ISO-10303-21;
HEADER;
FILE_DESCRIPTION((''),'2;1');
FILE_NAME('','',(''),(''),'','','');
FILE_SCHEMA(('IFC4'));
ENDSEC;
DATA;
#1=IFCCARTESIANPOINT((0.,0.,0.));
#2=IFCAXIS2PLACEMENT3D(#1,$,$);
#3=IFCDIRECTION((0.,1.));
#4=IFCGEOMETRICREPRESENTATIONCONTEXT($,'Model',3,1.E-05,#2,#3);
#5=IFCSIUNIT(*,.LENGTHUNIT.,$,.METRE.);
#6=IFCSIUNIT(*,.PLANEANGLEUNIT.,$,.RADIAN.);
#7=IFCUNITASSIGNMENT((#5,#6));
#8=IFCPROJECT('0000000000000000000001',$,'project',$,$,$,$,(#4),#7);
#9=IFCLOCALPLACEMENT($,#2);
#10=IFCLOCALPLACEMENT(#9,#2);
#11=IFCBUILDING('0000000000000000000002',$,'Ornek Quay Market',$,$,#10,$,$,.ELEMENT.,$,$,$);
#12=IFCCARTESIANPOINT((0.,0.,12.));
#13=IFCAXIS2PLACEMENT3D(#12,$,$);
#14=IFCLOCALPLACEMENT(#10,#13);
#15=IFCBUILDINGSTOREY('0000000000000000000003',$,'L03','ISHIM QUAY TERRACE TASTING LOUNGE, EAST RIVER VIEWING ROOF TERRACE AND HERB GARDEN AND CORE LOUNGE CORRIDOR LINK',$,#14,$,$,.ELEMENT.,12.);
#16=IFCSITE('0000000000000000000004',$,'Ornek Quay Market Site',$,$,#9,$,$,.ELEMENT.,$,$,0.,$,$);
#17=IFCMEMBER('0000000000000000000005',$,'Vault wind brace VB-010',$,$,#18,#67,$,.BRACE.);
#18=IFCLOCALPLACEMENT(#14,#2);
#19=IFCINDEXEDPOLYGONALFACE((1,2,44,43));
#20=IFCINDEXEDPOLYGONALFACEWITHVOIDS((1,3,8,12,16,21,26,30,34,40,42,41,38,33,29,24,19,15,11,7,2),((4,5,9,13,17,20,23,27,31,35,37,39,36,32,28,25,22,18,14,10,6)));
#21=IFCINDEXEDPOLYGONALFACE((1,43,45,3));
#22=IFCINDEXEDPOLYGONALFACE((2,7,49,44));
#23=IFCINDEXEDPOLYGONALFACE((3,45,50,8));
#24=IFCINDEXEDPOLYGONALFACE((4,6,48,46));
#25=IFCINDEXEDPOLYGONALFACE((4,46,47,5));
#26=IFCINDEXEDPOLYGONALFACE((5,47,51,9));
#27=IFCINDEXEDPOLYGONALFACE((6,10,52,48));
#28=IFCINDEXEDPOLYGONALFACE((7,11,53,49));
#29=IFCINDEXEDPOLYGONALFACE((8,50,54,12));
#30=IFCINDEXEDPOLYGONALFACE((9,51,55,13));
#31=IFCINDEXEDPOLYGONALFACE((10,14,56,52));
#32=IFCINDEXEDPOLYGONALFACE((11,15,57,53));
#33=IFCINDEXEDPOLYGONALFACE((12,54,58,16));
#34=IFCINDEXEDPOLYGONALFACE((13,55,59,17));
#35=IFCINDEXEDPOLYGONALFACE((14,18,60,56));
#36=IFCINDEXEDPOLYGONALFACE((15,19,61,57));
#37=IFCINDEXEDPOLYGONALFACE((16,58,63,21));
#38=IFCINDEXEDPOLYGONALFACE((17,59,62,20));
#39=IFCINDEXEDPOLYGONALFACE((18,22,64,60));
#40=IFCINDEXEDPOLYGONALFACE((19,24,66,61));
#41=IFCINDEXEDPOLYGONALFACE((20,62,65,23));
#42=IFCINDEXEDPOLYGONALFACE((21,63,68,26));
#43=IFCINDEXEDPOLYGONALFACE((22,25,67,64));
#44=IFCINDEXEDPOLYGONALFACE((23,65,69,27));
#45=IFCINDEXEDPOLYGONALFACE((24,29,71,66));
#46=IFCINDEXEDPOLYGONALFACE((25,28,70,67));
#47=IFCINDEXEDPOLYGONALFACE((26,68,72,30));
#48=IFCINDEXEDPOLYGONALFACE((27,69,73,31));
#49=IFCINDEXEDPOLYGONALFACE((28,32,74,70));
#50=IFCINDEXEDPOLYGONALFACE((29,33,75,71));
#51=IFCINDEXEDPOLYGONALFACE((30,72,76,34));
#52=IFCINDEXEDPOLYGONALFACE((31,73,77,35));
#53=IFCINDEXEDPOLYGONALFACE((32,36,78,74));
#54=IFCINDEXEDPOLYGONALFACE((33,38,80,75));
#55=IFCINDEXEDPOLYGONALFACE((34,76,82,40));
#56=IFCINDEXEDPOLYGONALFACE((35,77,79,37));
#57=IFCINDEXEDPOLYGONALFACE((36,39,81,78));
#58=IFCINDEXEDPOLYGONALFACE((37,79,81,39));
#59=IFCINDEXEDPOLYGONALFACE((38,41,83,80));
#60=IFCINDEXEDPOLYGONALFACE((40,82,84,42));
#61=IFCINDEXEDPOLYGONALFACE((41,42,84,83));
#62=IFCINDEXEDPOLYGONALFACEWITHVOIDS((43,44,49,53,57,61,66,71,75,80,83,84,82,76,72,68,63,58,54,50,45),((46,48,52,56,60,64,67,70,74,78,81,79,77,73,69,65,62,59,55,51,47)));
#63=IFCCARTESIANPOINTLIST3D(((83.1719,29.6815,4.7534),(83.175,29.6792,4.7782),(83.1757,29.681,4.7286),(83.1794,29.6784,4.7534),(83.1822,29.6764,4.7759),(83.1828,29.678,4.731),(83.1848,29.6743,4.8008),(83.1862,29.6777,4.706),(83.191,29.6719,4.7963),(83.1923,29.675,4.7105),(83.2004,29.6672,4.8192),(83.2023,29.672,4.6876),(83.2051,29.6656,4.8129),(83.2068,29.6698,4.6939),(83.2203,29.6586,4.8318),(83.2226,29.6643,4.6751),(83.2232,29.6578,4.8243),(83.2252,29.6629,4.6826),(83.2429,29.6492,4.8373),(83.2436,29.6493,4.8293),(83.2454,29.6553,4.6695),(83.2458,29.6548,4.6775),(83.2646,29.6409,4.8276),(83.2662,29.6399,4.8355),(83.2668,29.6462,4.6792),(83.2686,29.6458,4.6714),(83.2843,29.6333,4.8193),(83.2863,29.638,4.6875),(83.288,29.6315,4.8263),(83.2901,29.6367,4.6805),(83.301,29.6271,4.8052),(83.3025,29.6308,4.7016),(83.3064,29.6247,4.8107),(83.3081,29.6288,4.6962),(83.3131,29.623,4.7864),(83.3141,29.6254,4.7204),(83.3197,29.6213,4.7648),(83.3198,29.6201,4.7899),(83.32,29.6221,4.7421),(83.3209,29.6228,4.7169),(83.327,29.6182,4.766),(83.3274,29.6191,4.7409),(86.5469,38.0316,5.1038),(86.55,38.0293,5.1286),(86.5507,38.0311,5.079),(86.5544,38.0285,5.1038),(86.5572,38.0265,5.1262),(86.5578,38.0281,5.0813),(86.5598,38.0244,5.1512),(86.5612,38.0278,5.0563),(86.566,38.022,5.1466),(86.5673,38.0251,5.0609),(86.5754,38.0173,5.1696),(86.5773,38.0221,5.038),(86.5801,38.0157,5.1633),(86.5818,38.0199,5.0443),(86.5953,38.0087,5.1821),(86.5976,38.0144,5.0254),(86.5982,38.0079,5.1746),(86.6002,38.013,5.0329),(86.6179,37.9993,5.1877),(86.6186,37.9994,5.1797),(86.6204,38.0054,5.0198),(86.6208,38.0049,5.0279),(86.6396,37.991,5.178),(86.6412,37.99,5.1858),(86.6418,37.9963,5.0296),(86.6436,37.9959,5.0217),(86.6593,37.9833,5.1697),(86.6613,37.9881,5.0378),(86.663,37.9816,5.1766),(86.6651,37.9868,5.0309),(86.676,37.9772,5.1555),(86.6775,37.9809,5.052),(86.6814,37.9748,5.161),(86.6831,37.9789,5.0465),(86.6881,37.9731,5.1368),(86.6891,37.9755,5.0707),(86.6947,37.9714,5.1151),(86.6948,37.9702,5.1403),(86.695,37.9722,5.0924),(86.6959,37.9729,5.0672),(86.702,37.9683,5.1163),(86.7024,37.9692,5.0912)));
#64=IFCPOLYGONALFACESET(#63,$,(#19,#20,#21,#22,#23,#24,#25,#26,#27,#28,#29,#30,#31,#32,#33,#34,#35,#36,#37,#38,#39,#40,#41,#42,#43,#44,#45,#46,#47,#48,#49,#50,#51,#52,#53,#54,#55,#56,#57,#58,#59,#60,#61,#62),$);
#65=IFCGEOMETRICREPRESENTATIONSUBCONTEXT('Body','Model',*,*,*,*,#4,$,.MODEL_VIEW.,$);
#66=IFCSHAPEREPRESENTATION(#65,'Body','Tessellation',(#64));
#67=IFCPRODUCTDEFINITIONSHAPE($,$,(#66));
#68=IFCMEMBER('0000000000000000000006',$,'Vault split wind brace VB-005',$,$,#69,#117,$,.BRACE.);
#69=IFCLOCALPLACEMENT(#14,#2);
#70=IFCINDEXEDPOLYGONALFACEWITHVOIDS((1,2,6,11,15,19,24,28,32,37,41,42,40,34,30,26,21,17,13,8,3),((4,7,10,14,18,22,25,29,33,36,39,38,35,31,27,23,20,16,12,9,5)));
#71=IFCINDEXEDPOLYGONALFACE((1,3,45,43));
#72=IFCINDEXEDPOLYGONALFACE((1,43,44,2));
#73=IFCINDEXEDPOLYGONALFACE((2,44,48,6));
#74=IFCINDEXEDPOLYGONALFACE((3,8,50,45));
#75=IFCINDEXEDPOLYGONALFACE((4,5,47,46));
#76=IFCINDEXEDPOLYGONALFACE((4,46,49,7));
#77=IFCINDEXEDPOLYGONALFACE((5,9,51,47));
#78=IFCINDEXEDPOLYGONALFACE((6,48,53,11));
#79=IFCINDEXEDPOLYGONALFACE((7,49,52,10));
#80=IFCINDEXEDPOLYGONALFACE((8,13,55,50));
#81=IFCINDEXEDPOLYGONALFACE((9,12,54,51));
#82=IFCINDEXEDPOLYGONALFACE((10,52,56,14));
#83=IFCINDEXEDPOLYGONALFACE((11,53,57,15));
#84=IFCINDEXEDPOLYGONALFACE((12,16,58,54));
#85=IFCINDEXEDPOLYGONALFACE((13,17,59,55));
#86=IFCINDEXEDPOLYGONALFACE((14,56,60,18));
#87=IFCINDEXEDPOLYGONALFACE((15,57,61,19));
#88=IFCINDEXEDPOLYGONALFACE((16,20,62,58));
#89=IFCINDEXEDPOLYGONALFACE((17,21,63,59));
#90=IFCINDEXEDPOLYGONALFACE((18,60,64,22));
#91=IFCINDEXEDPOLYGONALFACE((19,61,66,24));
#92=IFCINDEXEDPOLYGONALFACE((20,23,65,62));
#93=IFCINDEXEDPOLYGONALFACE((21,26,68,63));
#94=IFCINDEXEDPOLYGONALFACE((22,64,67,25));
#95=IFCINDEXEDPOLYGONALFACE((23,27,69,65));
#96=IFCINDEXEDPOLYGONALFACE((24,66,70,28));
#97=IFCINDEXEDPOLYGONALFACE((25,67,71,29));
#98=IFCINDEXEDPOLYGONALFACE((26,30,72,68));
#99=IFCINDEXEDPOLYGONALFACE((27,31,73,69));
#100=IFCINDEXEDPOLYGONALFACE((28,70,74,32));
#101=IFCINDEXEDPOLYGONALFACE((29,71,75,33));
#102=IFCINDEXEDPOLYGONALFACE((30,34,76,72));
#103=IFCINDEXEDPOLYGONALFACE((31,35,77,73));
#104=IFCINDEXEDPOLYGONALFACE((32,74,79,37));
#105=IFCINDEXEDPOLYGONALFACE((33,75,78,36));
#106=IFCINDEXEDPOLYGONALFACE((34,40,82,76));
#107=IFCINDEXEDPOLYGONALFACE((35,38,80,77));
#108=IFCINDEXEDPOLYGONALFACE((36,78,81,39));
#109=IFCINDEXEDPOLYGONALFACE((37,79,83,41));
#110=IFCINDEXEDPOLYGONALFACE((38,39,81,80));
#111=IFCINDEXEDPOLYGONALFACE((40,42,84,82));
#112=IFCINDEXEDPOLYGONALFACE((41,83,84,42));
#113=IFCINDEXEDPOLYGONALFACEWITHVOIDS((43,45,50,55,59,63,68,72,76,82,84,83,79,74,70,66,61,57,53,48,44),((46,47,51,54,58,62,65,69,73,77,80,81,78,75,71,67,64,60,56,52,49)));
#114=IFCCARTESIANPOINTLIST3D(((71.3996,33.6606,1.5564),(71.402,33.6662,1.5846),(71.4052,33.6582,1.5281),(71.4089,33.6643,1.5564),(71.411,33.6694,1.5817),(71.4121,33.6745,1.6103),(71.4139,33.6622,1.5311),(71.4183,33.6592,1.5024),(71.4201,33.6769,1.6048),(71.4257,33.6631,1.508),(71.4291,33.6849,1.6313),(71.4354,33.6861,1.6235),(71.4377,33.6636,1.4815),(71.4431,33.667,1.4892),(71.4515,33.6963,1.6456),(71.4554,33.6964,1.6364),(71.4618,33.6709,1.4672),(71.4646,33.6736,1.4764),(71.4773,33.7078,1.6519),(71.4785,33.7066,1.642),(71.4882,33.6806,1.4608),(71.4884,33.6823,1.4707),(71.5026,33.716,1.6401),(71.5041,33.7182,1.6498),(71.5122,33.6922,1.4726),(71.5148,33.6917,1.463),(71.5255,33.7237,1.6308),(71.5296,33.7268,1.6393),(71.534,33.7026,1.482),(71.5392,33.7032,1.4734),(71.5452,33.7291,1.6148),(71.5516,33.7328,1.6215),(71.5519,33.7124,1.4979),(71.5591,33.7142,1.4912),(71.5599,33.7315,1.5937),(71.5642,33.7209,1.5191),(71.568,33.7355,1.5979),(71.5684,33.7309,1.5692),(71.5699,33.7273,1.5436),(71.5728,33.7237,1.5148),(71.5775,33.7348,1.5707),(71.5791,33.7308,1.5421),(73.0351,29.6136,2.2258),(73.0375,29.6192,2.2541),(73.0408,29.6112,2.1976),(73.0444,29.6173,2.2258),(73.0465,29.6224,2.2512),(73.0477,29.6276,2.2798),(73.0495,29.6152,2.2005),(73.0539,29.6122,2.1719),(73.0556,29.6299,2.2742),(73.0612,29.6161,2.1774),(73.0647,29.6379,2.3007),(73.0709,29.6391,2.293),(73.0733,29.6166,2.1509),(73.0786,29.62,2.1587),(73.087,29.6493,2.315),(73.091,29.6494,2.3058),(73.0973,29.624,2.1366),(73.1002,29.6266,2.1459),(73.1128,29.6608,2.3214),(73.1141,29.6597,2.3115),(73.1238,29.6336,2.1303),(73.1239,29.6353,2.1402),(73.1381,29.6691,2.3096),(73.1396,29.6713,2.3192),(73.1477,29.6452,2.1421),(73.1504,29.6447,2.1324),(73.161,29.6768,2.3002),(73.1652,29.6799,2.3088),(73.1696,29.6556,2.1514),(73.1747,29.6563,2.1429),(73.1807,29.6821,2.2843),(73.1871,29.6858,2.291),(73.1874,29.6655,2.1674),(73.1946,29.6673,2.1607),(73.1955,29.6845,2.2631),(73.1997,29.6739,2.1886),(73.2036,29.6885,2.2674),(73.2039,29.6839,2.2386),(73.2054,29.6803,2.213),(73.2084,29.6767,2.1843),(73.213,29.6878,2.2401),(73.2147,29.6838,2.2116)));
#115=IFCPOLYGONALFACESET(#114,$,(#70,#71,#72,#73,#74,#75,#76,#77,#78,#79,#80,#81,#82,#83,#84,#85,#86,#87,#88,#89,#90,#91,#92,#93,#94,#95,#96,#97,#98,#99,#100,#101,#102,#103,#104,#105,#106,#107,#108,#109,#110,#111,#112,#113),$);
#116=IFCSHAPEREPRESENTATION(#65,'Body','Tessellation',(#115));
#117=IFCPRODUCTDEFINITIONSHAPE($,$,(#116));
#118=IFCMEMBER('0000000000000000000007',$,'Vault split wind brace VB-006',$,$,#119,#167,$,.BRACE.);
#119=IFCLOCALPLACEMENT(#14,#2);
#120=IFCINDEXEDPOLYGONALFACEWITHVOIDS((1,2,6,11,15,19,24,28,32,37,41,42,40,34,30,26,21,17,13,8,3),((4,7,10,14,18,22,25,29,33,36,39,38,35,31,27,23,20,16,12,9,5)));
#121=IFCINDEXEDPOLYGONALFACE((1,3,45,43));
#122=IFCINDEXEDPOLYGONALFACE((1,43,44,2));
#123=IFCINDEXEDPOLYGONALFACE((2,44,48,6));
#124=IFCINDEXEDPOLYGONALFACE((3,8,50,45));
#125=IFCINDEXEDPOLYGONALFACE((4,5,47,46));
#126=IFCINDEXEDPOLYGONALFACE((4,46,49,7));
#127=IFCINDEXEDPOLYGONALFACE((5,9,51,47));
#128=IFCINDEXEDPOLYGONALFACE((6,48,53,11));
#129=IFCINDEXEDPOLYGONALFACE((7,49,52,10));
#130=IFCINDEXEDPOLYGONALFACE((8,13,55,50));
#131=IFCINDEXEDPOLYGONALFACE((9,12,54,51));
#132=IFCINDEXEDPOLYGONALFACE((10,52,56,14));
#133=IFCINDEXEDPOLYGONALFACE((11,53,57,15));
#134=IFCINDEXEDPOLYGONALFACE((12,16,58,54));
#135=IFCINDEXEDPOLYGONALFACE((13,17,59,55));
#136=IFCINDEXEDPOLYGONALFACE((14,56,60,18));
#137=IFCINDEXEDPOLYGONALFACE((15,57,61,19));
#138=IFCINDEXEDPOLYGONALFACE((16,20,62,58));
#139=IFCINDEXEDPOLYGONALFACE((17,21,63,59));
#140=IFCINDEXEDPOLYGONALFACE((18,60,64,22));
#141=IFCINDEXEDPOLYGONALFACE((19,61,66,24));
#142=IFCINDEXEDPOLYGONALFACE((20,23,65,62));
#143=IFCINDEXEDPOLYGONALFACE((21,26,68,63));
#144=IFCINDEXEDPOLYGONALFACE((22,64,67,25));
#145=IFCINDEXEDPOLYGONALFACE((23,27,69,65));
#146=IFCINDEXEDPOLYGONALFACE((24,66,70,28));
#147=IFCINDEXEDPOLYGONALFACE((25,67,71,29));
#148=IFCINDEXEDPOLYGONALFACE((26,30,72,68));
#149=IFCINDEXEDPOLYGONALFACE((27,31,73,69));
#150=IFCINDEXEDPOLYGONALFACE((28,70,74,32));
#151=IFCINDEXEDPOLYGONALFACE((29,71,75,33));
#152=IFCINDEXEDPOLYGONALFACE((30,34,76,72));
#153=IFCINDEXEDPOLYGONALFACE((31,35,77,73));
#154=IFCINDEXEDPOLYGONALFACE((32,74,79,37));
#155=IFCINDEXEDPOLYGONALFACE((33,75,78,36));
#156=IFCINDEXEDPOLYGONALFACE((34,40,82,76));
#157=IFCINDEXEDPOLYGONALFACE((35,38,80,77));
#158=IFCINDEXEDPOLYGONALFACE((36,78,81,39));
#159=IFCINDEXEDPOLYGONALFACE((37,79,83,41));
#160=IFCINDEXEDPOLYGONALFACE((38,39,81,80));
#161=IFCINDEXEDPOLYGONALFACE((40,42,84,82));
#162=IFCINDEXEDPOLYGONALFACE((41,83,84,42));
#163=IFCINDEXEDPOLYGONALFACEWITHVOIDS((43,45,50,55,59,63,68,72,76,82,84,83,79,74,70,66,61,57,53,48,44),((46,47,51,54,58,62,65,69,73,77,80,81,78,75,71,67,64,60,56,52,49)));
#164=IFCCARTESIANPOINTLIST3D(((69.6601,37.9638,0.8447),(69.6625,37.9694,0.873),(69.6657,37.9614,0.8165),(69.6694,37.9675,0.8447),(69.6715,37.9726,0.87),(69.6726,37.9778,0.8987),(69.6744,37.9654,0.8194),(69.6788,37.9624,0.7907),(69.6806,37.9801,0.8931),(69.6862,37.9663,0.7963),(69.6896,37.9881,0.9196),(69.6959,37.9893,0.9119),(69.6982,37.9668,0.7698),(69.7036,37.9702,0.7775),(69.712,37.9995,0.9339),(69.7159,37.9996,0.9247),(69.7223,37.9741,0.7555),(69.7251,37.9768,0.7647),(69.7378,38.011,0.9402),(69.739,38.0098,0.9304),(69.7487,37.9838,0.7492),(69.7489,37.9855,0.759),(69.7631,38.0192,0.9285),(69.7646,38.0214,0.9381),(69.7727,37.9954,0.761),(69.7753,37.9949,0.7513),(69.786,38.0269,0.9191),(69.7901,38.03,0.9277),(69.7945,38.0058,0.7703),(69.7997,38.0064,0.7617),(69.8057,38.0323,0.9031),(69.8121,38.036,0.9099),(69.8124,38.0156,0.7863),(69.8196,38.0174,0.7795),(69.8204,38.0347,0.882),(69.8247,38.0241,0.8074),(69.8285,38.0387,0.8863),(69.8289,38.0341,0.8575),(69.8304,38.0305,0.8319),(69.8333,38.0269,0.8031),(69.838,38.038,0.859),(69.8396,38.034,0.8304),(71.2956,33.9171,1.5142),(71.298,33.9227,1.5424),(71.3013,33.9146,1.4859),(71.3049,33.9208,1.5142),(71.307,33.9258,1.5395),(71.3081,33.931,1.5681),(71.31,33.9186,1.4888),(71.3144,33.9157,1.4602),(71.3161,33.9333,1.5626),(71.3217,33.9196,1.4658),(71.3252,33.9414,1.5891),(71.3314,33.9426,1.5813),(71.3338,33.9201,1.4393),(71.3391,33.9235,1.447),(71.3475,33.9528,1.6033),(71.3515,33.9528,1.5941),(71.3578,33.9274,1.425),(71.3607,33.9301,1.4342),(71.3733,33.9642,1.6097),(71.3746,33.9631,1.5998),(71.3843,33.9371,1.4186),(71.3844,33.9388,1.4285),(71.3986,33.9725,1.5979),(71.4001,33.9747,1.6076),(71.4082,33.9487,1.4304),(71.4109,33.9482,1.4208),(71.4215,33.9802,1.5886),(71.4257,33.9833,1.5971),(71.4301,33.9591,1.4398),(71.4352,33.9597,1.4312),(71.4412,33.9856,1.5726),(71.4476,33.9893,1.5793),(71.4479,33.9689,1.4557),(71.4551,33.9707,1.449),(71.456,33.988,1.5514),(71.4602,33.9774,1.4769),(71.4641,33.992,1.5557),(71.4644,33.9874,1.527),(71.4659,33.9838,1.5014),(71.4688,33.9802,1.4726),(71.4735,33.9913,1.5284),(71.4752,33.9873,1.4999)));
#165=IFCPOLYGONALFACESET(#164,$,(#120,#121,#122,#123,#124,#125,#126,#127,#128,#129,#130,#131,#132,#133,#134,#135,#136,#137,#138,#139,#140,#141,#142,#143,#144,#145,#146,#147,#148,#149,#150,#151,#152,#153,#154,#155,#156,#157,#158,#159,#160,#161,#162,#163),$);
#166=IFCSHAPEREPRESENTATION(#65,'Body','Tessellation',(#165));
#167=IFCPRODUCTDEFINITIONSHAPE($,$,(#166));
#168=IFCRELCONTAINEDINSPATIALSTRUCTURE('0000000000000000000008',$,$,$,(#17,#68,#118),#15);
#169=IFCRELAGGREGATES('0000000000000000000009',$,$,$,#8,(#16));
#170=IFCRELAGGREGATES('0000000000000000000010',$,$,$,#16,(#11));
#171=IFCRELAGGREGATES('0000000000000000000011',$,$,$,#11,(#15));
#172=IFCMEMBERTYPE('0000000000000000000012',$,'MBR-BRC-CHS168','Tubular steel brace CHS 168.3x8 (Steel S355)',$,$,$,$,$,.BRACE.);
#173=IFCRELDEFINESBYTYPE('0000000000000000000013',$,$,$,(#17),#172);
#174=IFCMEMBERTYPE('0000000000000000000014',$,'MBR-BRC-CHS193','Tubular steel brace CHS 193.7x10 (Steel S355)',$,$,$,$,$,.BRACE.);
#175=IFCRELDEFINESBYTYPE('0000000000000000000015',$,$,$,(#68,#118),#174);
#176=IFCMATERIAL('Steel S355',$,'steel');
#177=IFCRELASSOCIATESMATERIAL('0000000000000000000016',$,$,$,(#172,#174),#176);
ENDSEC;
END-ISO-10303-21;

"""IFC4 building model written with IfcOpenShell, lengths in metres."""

from ifc_helpers import new_model, si_unit, direction, frame, origin, origin_2d, place, context, subcontext, project, spatial, hollow_circle, extrude, material, material_profile, profile_set, type_object, element, save


model = new_model("IFC4")

# Units and contexts
model_context = context("Model", 3, precision=1e-05, world=origin(), true_north=direction((0.0, 1.0)))
body_context = subcontext(model_context, "Body", "Model", "MODEL_VIEW")
ifc_project = project(units=[si_unit("LENGTHUNIT", "METRE"), si_unit("PLANEANGLEUNIT", "RADIAN")], contexts=[model_context])

# Site, building, storey
site_placement = place(None, origin())
site = spatial("IfcSite", under=ifc_project, at=site_placement, Name="Ornek Quay Market Site", CompositionType="ELEMENT", RefElevation=0.0)
building_placement = place(site_placement, origin())
building = spatial("IfcBuilding", under=site, at=building_placement, Name="Ornek Quay Market", CompositionType="ELEMENT")
storey_placement = place(building_placement, frame((0.0, 0.0, 12.0)))
storey = spatial("IfcBuildingStorey", under=building, at=storey_placement, Name="L03", Description="ISHIM QUAY TERRACE TASTING LOUNGE, EAST RIVER VIEWING ROOF TERRACE AND HERB GARDEN AND CORE LOUNGE CORRIDOR LINK", CompositionType="ELEMENT", Elevation=12.0)

# Shared definitions
ifc_material_1 = material(Name="Steel S355", Category="steel")

# Members
ifc_material_profile_1 = material_profile(ifc_material_1, hollow_circle(Radius=0.0842, WallThickness=0.0081, at=origin_2d()), Name="CHS 168.3x8", Category="steel")
ifc_profile_set_1 = profile_set([ifc_material_profile_1], Name="Steel S355")
member_type_1 = type_object("IfcMemberType", Name="MBR-BRC-CHS168", Description="Tubular steel brace CHS 168.3x8 (Steel S355)", PredefinedType="BRACE", material=ifc_profile_set_1)
member_1_placement = place(storey_placement, frame((83.25, 29.6499, 4.7534), z_axis=(0.374451, 0.926431, 0.03887), x_axis=(-0.927132, 0.374735, 0.0)))
element("IfcMember", 1, at=member_1_placement, inside=storey, type_object=member_type_1, Name="Vault wind brace VB-010", PredefinedType="BRACE", context=body_context, shape_type="SweptSolid", body=[
    extrude(hollow_circle(Radius=0.0842, WallThickness=0.0081, at=origin_2d()), origin(), (0.0, 0.0, 1.0), 9.0132),
])
ifc_material_profile_2 = material_profile(ifc_material_1, hollow_circle(Radius=0.0969, WallThickness=0.01, at=origin_2d()), Name="CHS 193.7x10", Category="steel")
ifc_profile_set_2 = profile_set([ifc_material_profile_2], Name="Steel S355")
member_type_2 = type_object("IfcMemberType", Name="MBR-BRC-CHS193", Description="Tubular steel brace CHS 193.7x10 (Steel S355)", PredefinedType="BRACE", material=ifc_profile_set_2)
member_2_placement = place(storey_placement, frame((73.125, 29.6499, 2.2258), z_axis=(-0.370366, 0.916432, -0.151596), x_axis=(-0.927148, -0.374696, 0.0)))
element("IfcMember", 2, at=member_2_placement, inside=storey, type_object=member_type_2, Name="Vault split wind brace VB-005", PredefinedType="BRACE", context=body_context, shape_type="SweptSolid", body=[
    extrude(hollow_circle(Radius=0.0969, WallThickness=0.01, at=origin_2d()), origin(), (0.0, 0.0, 1.0), 4.416),
])
member_3_placement = place(storey_placement, frame((71.3855, 33.9534, 1.5142), z_axis=(-0.370384, 0.916423, -0.151604), x_axis=(-0.92714, -0.374716, 0.0)))
element("IfcMember", 3, at=member_3_placement, inside=storey, type_object=member_type_2, Name="Vault split wind brace VB-006", PredefinedType="BRACE", context=body_context, shape_type="SweptSolid", body=[
    extrude(hollow_circle(Radius=0.0969, WallThickness=0.01, at=origin_2d()), origin(), (0.0, 0.0, 1.0), 4.4158),
])

save(model, "model.ifc")
